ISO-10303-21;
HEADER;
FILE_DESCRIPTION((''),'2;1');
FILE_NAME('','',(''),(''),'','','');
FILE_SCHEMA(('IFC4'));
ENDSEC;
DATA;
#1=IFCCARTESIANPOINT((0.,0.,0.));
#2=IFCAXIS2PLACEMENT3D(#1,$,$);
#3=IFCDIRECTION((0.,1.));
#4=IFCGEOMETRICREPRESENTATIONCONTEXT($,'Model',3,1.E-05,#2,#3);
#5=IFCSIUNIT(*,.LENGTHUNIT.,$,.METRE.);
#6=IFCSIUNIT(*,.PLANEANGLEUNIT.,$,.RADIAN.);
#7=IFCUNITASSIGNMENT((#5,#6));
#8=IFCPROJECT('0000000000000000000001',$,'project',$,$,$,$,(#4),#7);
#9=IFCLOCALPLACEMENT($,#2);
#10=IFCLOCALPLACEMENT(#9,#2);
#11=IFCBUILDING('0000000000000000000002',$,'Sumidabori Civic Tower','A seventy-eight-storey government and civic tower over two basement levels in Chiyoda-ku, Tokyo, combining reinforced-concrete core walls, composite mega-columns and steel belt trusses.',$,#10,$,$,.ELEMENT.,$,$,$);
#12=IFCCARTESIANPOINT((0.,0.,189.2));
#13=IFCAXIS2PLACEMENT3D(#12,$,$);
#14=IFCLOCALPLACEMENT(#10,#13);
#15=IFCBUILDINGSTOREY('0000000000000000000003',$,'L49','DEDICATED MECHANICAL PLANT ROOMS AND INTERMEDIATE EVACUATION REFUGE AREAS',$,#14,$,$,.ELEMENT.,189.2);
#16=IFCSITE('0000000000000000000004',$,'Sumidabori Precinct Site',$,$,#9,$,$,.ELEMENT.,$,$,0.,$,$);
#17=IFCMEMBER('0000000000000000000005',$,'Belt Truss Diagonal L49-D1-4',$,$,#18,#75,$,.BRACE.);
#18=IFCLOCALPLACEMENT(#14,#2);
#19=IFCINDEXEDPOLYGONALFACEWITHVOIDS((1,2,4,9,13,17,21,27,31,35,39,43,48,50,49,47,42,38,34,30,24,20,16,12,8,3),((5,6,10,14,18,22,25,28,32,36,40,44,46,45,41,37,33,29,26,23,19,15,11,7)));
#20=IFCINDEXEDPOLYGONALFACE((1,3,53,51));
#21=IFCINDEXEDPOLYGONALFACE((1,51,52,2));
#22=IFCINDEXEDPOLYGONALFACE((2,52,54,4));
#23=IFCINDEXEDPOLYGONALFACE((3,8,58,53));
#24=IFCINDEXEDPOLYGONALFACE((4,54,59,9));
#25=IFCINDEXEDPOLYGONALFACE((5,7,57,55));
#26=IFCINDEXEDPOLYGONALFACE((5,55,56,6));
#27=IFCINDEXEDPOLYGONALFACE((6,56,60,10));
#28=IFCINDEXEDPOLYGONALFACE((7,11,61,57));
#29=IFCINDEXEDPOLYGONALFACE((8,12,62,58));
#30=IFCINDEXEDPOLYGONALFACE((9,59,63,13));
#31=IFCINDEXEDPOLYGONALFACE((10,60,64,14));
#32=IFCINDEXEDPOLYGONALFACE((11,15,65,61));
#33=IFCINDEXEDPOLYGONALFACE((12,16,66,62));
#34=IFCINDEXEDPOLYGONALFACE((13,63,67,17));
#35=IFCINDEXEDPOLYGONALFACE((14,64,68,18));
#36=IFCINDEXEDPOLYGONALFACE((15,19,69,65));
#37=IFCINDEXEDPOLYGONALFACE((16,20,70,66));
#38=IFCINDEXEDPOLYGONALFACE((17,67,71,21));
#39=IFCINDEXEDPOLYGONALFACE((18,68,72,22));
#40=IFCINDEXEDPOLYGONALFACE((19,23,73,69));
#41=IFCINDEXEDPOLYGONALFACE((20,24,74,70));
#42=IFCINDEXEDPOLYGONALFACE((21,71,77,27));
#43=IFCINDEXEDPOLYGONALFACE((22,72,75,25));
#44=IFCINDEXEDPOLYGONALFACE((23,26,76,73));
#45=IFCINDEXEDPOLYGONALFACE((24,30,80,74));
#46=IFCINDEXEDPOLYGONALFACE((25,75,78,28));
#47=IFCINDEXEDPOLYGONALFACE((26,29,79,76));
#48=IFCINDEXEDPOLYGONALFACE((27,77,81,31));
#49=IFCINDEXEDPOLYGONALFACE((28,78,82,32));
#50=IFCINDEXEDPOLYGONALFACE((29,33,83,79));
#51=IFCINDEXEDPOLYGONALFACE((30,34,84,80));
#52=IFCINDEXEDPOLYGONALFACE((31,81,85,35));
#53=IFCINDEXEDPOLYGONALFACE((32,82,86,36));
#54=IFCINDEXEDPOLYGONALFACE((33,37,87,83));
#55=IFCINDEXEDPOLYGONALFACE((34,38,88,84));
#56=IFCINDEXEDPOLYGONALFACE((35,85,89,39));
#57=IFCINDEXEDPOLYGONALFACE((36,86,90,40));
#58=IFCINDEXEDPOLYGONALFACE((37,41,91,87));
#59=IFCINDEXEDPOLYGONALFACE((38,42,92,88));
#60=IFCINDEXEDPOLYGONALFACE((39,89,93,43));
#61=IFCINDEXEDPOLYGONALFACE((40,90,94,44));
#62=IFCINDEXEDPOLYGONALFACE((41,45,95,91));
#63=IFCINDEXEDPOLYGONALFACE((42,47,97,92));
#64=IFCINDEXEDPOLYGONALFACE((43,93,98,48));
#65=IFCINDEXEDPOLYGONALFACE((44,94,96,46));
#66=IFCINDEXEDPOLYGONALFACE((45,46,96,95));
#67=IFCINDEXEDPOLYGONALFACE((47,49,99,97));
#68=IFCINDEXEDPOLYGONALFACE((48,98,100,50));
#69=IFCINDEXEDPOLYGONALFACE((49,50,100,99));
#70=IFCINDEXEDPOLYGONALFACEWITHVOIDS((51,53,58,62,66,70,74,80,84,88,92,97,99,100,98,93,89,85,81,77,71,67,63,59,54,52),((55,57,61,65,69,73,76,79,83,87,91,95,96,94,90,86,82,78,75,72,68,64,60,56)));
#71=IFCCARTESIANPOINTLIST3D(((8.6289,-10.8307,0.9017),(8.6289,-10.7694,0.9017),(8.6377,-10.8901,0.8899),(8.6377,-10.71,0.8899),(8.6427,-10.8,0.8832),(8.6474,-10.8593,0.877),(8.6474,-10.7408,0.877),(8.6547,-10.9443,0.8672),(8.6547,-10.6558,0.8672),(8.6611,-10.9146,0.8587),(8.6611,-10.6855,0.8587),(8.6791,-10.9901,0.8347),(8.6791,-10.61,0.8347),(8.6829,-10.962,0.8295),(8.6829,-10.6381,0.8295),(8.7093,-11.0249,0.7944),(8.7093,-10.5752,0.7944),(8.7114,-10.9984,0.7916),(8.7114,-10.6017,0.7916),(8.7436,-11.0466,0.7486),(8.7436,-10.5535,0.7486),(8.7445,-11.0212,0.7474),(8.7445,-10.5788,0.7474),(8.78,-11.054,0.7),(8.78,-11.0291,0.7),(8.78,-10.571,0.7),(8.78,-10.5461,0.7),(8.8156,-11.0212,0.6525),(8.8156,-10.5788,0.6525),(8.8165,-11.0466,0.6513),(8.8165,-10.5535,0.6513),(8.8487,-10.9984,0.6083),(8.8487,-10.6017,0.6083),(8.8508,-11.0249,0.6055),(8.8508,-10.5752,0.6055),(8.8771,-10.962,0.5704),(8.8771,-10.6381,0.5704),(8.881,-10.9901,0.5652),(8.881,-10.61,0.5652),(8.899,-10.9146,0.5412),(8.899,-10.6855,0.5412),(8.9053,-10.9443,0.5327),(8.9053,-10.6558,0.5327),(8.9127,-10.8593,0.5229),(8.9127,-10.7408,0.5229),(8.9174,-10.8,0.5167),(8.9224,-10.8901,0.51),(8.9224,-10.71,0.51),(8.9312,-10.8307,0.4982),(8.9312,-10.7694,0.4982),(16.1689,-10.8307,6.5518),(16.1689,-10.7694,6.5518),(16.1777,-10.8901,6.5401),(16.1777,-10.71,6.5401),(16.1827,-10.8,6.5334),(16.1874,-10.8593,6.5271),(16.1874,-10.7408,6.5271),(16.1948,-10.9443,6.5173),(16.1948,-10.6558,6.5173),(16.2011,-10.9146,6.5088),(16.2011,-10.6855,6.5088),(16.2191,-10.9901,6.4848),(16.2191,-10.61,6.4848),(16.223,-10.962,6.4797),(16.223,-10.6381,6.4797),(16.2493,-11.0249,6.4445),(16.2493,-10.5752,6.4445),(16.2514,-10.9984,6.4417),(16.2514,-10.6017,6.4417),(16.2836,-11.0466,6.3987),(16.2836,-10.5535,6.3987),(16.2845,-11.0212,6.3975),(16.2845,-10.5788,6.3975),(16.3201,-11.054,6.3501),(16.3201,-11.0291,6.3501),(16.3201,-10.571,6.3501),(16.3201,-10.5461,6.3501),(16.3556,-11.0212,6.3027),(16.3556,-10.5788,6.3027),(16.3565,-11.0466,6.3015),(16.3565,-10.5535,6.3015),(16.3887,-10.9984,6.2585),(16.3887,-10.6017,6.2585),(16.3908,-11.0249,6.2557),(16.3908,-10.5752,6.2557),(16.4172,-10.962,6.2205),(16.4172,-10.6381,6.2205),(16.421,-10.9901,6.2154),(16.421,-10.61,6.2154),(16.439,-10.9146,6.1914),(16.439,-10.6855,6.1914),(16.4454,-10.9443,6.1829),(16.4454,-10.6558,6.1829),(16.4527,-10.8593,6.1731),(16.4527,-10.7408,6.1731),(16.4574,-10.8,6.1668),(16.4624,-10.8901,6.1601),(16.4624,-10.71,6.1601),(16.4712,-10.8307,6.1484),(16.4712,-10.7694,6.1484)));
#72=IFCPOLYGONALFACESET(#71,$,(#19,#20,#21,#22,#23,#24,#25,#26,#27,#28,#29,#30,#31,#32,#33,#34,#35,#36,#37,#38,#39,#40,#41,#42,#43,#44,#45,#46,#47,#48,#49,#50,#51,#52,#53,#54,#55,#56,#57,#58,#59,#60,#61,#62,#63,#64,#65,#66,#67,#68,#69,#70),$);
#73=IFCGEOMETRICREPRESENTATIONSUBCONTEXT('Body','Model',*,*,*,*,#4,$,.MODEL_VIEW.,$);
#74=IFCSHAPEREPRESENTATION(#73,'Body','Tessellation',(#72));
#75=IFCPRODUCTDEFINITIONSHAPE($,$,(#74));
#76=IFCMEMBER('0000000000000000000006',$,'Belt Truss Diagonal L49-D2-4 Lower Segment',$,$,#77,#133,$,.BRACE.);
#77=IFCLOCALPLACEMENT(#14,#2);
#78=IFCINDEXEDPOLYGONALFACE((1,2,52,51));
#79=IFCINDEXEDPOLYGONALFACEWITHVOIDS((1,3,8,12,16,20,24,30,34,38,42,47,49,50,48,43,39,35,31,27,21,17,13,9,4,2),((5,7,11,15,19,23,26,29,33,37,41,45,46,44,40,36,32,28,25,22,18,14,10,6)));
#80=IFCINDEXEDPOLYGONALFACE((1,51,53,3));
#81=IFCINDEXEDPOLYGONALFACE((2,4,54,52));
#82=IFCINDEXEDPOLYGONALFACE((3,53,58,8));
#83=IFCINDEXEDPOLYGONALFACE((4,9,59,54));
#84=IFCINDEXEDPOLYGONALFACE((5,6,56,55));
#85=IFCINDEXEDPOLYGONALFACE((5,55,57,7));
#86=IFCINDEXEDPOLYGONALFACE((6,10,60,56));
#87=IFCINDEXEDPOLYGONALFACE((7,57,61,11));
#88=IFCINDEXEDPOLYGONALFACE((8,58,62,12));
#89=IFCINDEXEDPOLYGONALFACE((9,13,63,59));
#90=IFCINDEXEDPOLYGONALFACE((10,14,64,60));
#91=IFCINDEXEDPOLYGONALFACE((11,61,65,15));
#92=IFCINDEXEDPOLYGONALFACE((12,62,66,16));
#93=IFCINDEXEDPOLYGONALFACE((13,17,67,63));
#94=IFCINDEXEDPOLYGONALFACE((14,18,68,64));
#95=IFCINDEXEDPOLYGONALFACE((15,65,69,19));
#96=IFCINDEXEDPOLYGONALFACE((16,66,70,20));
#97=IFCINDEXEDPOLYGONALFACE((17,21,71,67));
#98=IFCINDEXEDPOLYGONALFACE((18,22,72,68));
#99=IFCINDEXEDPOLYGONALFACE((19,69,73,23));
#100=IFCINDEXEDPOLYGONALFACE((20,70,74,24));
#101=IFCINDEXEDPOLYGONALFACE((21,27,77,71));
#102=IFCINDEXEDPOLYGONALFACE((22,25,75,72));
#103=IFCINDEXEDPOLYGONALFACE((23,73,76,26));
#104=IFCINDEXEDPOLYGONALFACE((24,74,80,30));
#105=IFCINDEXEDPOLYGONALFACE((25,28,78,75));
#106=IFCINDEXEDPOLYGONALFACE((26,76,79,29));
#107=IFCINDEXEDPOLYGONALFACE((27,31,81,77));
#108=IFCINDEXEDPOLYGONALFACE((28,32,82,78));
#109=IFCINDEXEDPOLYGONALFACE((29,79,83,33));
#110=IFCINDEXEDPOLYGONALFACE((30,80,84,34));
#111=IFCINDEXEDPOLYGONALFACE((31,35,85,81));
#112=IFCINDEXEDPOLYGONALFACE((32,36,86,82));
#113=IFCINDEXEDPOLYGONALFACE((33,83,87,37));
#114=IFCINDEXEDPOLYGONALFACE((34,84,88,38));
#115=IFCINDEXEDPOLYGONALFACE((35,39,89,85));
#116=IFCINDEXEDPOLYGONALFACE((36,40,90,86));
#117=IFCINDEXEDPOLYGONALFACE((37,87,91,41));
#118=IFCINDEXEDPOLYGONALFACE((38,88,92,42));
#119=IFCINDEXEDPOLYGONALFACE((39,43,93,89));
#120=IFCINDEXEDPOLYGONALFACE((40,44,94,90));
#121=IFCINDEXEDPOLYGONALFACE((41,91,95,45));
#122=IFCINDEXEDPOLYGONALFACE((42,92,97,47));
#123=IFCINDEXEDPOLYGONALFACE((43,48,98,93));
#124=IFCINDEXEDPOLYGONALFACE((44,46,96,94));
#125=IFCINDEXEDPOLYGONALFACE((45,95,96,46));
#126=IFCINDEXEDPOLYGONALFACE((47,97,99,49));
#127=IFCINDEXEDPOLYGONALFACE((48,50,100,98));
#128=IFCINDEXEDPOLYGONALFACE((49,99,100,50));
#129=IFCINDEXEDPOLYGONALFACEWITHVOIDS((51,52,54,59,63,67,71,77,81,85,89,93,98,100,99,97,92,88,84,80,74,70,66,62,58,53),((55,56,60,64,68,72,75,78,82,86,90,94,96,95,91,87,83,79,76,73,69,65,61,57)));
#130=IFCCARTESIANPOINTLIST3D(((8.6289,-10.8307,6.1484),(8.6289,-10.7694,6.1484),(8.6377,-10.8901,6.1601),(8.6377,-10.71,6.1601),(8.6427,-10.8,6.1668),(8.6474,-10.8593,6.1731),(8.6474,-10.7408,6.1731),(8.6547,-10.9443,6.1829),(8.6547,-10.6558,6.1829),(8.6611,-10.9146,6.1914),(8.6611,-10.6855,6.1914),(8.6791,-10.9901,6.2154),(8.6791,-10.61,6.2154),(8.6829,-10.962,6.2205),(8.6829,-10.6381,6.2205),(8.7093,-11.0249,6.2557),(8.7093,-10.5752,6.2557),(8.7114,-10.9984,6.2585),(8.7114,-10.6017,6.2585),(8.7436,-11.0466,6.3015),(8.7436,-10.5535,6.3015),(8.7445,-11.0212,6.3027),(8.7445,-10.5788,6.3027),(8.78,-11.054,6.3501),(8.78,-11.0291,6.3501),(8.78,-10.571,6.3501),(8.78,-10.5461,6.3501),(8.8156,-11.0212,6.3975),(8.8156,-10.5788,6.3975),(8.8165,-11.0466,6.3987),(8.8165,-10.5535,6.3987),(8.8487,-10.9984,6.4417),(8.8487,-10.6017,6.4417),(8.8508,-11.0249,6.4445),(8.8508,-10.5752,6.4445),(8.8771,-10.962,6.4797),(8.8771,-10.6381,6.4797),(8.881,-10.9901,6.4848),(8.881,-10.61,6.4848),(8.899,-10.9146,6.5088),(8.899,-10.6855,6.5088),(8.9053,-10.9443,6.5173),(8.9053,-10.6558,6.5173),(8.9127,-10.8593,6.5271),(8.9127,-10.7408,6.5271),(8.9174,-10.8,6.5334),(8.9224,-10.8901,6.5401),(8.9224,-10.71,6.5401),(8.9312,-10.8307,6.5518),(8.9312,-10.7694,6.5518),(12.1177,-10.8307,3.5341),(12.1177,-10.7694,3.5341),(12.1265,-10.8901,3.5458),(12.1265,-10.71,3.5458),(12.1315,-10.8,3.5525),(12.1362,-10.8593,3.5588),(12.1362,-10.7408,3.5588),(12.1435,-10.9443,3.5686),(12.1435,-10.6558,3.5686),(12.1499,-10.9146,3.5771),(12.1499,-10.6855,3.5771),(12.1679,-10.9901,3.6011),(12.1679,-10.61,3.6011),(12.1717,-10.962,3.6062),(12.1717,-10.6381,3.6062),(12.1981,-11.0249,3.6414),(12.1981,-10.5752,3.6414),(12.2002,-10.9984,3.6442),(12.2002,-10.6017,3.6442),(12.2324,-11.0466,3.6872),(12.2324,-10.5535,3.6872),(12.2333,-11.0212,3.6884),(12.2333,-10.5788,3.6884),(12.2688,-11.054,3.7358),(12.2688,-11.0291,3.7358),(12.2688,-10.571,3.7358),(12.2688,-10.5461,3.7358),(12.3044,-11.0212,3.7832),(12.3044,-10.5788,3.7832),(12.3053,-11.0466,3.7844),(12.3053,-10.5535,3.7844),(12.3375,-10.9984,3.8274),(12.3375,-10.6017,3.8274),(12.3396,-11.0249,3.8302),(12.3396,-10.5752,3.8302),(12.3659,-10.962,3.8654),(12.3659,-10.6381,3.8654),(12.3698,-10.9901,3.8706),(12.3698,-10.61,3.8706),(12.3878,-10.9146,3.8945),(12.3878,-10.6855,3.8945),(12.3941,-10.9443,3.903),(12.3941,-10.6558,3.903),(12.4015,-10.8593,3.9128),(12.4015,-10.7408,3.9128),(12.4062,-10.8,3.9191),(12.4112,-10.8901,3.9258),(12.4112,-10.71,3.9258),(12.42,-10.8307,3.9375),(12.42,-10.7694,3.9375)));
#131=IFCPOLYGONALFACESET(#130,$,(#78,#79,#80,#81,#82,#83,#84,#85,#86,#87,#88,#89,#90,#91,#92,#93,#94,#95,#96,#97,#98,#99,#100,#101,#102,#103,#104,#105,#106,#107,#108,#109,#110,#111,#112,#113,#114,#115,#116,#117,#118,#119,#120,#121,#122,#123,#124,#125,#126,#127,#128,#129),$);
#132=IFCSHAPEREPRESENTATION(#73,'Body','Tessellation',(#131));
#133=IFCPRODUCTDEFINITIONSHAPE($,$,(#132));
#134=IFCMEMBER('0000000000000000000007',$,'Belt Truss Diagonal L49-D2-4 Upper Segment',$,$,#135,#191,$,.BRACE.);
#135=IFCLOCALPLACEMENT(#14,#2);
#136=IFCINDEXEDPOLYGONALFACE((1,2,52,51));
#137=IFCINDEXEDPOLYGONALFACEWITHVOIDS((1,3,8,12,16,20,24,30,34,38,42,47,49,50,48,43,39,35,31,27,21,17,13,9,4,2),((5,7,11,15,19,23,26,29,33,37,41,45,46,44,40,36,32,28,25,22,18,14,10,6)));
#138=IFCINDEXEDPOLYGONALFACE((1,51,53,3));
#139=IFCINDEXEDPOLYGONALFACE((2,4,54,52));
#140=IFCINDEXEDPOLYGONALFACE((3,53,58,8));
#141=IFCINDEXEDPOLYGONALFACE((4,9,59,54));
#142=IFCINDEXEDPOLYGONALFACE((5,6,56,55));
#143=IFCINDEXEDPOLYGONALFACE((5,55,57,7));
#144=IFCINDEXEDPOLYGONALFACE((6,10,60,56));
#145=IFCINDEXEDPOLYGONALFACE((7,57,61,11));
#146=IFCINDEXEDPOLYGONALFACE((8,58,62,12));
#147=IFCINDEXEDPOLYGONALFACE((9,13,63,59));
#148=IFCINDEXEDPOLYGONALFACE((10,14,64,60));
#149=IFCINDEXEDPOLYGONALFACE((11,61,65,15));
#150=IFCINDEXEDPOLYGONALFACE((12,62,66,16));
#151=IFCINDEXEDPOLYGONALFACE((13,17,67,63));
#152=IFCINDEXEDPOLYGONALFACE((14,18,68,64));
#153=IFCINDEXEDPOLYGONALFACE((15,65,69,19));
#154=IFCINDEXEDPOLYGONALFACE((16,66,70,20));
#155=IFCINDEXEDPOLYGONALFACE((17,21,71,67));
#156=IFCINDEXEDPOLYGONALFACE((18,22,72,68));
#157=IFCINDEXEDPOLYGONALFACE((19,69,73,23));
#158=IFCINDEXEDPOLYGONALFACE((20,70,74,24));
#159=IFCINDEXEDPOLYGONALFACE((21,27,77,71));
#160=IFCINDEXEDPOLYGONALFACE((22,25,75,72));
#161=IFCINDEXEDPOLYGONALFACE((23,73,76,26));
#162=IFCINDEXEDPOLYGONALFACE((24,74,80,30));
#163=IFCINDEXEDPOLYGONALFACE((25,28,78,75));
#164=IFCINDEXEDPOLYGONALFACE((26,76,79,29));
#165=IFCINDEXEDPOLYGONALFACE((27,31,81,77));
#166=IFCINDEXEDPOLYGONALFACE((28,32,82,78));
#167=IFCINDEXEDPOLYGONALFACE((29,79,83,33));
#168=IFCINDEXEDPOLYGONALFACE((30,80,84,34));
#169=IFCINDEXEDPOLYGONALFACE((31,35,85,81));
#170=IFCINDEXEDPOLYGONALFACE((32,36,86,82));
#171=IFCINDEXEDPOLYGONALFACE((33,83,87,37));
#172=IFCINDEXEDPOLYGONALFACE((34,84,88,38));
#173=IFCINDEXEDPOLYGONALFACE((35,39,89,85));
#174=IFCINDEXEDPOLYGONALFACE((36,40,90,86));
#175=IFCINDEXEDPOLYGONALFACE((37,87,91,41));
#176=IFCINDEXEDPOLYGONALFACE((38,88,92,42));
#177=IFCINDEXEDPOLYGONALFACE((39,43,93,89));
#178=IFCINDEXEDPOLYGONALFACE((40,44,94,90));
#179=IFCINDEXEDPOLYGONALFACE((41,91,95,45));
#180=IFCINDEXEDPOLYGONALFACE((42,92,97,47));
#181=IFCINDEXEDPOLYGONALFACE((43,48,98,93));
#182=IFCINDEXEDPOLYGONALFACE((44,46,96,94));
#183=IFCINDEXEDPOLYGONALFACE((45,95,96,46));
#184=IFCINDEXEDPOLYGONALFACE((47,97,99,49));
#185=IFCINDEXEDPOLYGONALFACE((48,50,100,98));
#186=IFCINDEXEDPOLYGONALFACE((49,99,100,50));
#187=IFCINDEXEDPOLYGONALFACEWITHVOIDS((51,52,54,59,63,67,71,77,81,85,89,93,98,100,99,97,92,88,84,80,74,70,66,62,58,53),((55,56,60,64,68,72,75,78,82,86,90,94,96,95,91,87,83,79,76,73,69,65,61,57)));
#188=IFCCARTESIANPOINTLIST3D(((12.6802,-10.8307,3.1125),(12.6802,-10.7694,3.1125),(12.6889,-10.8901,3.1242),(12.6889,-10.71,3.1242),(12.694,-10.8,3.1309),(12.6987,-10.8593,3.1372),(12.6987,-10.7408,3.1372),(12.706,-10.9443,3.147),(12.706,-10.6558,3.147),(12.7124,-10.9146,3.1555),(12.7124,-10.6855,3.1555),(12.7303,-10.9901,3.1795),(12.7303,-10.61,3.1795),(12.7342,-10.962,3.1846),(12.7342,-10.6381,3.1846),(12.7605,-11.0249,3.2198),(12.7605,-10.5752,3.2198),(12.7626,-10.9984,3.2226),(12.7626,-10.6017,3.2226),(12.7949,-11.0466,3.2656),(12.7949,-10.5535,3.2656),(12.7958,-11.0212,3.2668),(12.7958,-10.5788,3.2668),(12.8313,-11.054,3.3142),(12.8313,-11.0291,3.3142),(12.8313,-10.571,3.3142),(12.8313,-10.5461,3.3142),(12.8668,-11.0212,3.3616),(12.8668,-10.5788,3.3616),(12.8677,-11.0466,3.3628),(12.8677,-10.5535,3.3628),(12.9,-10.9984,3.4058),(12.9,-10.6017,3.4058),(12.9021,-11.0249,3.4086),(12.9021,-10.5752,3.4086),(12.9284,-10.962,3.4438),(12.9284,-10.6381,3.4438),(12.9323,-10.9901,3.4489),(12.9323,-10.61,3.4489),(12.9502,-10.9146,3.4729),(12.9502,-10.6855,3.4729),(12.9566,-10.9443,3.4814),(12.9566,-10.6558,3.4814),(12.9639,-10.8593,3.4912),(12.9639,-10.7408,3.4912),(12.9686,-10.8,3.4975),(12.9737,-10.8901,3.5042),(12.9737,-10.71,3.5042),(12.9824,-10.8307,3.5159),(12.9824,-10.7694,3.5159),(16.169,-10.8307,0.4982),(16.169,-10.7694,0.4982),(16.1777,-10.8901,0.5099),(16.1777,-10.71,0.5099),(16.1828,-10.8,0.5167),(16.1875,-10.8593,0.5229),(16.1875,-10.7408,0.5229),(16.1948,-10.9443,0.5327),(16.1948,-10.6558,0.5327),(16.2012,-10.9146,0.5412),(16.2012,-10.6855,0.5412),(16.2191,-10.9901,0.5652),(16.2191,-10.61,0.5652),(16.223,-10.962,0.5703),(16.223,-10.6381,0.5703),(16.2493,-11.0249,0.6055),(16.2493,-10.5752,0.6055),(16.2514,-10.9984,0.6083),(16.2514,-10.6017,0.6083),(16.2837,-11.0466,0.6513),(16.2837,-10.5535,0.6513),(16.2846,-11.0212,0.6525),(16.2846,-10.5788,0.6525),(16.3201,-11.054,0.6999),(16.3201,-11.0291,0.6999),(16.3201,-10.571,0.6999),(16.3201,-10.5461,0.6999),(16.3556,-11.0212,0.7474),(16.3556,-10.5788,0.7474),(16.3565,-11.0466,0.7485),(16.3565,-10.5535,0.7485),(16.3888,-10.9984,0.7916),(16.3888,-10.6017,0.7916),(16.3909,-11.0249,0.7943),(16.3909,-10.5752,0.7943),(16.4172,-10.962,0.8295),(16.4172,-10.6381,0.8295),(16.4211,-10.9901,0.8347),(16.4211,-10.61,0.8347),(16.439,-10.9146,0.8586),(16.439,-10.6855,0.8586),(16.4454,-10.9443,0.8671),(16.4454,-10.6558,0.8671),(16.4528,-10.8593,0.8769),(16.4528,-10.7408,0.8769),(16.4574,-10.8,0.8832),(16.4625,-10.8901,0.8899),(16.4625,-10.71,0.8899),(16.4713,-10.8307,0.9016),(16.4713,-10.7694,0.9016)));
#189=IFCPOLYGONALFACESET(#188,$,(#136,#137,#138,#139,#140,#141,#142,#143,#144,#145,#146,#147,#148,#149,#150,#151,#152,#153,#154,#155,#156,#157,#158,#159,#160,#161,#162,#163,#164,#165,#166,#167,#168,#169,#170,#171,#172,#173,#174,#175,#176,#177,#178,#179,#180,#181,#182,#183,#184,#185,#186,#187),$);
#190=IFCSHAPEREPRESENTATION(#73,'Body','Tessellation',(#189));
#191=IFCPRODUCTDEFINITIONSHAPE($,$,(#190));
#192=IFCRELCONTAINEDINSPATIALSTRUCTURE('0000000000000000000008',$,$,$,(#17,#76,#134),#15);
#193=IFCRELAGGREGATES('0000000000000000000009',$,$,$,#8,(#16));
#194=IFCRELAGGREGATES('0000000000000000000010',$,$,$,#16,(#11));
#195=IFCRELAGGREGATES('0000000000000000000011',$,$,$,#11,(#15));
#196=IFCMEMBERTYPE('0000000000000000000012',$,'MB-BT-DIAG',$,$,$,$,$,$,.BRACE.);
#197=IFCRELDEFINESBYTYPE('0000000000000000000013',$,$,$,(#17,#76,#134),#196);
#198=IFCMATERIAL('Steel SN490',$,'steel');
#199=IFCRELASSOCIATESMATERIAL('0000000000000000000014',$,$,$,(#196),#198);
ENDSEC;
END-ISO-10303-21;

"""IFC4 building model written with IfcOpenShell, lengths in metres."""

from ifc_helpers import new_model, si_unit, direction, frame, origin, origin_2d, place, context, subcontext, project, spatial, hollow_circle, extrude, source, transform, mapped, material, material_profile, profile_set, type_object, element, save


model = new_model("IFC4")

# Units and contexts
model_context = context("Model", 3, precision=1e-05, world=origin(), true_north=direction((0.0, 1.0)))
body_context = subcontext(model_context, "Body", "Model", "MODEL_VIEW")
ifc_project = project(units=[si_unit("LENGTHUNIT", "METRE"), si_unit("PLANEANGLEUNIT", "RADIAN")], contexts=[model_context])

# Site, building, storey
site_placement = place(None, origin())
site = spatial("IfcSite", under=ifc_project, at=site_placement, Name="Sumidabori Precinct Site", CompositionType="ELEMENT", RefElevation=0.0)
building_placement = place(site_placement, origin())
building = spatial("IfcBuilding", under=site, at=building_placement, Name="Sumidabori Civic Tower", Description="A seventy-eight-storey government and civic tower over two basement levels in Chiyoda-ku, Tokyo, combining reinforced-concrete core walls, composite mega-columns and steel belt trusses.", CompositionType="ELEMENT")
storey_placement = place(building_placement, frame((0.0, 0.0, 189.2)))
storey = spatial("IfcBuildingStorey", under=building, at=storey_placement, Name="L49", Description="DEDICATED MECHANICAL PLANT ROOMS AND INTERMEDIATE EVACUATION REFUGE AREAS", CompositionType="ELEMENT", Elevation=189.2)

# Shared definitions
ifc_material_1 = material(Name="Steel SN490", Category="steel")

# Members
ifc_material_profile_1 = material_profile(ifc_material_1, hollow_circle(Radius=0.2539, WallThickness=0.0249, at=origin_2d()), Name="CHS 508x25")
ifc_profile_set_1 = profile_set([ifc_material_profile_1], Name="Steel SN490")
member_type = type_object("IfcMemberType", Name="MB-BT-DIAG", PredefinedType="BRACE", material=ifc_profile_set_1)
shared_shape_1 = source(origin(), body_context, "Body", "SweptSolid", [
    extrude(hollow_circle(Radius=0.2539, WallThickness=0.0249, at=origin_2d()), origin(), (0.0, 0.0, 1.0), 9.4221),
])
member_1_placement = place(storey_placement, frame((8.78, -10.8, 0.7), z_axis=(0.800249, 0.0, 0.599668), x_axis=(0.0, 1.0, 0.0)))
element("IfcMember", 1, at=member_1_placement, inside=storey, type_object=member_type, Name="Belt Truss Diagonal L49-D1-4", PredefinedType="BRACE", context=body_context, shape_type="MappedRepresentation", body=[
    mapped(shared_shape_1, transform((0.0, 0.0, 0.0), x_axis=(1.0, 0.0, 0.0), y_axis=(0.0, 1.0, 0.0), z_axis=(0.0, 0.0, 1.0), scale=1.0)),
])
shared_shape_2 = source(origin(), body_context, "Body", "SweptSolid", [
    extrude(hollow_circle(Radius=0.2539, WallThickness=0.0249, at=origin_2d()), origin(), (0.0, 0.0, 1.0), 4.3596),
])
for number, where, z_axis, x_axis, name in (
    (2, (8.78, -10.8, 6.3501), (0.800255, 0.0, -0.599659), (0.0, 1.0, 0.0), "Belt Truss Diagonal L49-D2-4 Lower Segment"),
    (3, (12.8313, -10.8, 3.3142), (0.800255, 0.0, -0.599659), (0.0, 1.0, 0.0), "Belt Truss Diagonal L49-D2-4 Upper Segment"),
):
    element("IfcMember", number, at=place(storey_placement, frame(where, z_axis=z_axis, x_axis=x_axis)), inside=storey, type_object=member_type, Name=name, PredefinedType="BRACE", context=body_context, shape_type="MappedRepresentation", body=[
        mapped(shared_shape_2, transform((0.0, 0.0, 0.0), x_axis=(1.0, 0.0, 0.0), y_axis=(0.0, 1.0, 0.0), z_axis=(0.0, 0.0, 1.0), scale=1.0)),
    ])

save(model, "model.ifc")
